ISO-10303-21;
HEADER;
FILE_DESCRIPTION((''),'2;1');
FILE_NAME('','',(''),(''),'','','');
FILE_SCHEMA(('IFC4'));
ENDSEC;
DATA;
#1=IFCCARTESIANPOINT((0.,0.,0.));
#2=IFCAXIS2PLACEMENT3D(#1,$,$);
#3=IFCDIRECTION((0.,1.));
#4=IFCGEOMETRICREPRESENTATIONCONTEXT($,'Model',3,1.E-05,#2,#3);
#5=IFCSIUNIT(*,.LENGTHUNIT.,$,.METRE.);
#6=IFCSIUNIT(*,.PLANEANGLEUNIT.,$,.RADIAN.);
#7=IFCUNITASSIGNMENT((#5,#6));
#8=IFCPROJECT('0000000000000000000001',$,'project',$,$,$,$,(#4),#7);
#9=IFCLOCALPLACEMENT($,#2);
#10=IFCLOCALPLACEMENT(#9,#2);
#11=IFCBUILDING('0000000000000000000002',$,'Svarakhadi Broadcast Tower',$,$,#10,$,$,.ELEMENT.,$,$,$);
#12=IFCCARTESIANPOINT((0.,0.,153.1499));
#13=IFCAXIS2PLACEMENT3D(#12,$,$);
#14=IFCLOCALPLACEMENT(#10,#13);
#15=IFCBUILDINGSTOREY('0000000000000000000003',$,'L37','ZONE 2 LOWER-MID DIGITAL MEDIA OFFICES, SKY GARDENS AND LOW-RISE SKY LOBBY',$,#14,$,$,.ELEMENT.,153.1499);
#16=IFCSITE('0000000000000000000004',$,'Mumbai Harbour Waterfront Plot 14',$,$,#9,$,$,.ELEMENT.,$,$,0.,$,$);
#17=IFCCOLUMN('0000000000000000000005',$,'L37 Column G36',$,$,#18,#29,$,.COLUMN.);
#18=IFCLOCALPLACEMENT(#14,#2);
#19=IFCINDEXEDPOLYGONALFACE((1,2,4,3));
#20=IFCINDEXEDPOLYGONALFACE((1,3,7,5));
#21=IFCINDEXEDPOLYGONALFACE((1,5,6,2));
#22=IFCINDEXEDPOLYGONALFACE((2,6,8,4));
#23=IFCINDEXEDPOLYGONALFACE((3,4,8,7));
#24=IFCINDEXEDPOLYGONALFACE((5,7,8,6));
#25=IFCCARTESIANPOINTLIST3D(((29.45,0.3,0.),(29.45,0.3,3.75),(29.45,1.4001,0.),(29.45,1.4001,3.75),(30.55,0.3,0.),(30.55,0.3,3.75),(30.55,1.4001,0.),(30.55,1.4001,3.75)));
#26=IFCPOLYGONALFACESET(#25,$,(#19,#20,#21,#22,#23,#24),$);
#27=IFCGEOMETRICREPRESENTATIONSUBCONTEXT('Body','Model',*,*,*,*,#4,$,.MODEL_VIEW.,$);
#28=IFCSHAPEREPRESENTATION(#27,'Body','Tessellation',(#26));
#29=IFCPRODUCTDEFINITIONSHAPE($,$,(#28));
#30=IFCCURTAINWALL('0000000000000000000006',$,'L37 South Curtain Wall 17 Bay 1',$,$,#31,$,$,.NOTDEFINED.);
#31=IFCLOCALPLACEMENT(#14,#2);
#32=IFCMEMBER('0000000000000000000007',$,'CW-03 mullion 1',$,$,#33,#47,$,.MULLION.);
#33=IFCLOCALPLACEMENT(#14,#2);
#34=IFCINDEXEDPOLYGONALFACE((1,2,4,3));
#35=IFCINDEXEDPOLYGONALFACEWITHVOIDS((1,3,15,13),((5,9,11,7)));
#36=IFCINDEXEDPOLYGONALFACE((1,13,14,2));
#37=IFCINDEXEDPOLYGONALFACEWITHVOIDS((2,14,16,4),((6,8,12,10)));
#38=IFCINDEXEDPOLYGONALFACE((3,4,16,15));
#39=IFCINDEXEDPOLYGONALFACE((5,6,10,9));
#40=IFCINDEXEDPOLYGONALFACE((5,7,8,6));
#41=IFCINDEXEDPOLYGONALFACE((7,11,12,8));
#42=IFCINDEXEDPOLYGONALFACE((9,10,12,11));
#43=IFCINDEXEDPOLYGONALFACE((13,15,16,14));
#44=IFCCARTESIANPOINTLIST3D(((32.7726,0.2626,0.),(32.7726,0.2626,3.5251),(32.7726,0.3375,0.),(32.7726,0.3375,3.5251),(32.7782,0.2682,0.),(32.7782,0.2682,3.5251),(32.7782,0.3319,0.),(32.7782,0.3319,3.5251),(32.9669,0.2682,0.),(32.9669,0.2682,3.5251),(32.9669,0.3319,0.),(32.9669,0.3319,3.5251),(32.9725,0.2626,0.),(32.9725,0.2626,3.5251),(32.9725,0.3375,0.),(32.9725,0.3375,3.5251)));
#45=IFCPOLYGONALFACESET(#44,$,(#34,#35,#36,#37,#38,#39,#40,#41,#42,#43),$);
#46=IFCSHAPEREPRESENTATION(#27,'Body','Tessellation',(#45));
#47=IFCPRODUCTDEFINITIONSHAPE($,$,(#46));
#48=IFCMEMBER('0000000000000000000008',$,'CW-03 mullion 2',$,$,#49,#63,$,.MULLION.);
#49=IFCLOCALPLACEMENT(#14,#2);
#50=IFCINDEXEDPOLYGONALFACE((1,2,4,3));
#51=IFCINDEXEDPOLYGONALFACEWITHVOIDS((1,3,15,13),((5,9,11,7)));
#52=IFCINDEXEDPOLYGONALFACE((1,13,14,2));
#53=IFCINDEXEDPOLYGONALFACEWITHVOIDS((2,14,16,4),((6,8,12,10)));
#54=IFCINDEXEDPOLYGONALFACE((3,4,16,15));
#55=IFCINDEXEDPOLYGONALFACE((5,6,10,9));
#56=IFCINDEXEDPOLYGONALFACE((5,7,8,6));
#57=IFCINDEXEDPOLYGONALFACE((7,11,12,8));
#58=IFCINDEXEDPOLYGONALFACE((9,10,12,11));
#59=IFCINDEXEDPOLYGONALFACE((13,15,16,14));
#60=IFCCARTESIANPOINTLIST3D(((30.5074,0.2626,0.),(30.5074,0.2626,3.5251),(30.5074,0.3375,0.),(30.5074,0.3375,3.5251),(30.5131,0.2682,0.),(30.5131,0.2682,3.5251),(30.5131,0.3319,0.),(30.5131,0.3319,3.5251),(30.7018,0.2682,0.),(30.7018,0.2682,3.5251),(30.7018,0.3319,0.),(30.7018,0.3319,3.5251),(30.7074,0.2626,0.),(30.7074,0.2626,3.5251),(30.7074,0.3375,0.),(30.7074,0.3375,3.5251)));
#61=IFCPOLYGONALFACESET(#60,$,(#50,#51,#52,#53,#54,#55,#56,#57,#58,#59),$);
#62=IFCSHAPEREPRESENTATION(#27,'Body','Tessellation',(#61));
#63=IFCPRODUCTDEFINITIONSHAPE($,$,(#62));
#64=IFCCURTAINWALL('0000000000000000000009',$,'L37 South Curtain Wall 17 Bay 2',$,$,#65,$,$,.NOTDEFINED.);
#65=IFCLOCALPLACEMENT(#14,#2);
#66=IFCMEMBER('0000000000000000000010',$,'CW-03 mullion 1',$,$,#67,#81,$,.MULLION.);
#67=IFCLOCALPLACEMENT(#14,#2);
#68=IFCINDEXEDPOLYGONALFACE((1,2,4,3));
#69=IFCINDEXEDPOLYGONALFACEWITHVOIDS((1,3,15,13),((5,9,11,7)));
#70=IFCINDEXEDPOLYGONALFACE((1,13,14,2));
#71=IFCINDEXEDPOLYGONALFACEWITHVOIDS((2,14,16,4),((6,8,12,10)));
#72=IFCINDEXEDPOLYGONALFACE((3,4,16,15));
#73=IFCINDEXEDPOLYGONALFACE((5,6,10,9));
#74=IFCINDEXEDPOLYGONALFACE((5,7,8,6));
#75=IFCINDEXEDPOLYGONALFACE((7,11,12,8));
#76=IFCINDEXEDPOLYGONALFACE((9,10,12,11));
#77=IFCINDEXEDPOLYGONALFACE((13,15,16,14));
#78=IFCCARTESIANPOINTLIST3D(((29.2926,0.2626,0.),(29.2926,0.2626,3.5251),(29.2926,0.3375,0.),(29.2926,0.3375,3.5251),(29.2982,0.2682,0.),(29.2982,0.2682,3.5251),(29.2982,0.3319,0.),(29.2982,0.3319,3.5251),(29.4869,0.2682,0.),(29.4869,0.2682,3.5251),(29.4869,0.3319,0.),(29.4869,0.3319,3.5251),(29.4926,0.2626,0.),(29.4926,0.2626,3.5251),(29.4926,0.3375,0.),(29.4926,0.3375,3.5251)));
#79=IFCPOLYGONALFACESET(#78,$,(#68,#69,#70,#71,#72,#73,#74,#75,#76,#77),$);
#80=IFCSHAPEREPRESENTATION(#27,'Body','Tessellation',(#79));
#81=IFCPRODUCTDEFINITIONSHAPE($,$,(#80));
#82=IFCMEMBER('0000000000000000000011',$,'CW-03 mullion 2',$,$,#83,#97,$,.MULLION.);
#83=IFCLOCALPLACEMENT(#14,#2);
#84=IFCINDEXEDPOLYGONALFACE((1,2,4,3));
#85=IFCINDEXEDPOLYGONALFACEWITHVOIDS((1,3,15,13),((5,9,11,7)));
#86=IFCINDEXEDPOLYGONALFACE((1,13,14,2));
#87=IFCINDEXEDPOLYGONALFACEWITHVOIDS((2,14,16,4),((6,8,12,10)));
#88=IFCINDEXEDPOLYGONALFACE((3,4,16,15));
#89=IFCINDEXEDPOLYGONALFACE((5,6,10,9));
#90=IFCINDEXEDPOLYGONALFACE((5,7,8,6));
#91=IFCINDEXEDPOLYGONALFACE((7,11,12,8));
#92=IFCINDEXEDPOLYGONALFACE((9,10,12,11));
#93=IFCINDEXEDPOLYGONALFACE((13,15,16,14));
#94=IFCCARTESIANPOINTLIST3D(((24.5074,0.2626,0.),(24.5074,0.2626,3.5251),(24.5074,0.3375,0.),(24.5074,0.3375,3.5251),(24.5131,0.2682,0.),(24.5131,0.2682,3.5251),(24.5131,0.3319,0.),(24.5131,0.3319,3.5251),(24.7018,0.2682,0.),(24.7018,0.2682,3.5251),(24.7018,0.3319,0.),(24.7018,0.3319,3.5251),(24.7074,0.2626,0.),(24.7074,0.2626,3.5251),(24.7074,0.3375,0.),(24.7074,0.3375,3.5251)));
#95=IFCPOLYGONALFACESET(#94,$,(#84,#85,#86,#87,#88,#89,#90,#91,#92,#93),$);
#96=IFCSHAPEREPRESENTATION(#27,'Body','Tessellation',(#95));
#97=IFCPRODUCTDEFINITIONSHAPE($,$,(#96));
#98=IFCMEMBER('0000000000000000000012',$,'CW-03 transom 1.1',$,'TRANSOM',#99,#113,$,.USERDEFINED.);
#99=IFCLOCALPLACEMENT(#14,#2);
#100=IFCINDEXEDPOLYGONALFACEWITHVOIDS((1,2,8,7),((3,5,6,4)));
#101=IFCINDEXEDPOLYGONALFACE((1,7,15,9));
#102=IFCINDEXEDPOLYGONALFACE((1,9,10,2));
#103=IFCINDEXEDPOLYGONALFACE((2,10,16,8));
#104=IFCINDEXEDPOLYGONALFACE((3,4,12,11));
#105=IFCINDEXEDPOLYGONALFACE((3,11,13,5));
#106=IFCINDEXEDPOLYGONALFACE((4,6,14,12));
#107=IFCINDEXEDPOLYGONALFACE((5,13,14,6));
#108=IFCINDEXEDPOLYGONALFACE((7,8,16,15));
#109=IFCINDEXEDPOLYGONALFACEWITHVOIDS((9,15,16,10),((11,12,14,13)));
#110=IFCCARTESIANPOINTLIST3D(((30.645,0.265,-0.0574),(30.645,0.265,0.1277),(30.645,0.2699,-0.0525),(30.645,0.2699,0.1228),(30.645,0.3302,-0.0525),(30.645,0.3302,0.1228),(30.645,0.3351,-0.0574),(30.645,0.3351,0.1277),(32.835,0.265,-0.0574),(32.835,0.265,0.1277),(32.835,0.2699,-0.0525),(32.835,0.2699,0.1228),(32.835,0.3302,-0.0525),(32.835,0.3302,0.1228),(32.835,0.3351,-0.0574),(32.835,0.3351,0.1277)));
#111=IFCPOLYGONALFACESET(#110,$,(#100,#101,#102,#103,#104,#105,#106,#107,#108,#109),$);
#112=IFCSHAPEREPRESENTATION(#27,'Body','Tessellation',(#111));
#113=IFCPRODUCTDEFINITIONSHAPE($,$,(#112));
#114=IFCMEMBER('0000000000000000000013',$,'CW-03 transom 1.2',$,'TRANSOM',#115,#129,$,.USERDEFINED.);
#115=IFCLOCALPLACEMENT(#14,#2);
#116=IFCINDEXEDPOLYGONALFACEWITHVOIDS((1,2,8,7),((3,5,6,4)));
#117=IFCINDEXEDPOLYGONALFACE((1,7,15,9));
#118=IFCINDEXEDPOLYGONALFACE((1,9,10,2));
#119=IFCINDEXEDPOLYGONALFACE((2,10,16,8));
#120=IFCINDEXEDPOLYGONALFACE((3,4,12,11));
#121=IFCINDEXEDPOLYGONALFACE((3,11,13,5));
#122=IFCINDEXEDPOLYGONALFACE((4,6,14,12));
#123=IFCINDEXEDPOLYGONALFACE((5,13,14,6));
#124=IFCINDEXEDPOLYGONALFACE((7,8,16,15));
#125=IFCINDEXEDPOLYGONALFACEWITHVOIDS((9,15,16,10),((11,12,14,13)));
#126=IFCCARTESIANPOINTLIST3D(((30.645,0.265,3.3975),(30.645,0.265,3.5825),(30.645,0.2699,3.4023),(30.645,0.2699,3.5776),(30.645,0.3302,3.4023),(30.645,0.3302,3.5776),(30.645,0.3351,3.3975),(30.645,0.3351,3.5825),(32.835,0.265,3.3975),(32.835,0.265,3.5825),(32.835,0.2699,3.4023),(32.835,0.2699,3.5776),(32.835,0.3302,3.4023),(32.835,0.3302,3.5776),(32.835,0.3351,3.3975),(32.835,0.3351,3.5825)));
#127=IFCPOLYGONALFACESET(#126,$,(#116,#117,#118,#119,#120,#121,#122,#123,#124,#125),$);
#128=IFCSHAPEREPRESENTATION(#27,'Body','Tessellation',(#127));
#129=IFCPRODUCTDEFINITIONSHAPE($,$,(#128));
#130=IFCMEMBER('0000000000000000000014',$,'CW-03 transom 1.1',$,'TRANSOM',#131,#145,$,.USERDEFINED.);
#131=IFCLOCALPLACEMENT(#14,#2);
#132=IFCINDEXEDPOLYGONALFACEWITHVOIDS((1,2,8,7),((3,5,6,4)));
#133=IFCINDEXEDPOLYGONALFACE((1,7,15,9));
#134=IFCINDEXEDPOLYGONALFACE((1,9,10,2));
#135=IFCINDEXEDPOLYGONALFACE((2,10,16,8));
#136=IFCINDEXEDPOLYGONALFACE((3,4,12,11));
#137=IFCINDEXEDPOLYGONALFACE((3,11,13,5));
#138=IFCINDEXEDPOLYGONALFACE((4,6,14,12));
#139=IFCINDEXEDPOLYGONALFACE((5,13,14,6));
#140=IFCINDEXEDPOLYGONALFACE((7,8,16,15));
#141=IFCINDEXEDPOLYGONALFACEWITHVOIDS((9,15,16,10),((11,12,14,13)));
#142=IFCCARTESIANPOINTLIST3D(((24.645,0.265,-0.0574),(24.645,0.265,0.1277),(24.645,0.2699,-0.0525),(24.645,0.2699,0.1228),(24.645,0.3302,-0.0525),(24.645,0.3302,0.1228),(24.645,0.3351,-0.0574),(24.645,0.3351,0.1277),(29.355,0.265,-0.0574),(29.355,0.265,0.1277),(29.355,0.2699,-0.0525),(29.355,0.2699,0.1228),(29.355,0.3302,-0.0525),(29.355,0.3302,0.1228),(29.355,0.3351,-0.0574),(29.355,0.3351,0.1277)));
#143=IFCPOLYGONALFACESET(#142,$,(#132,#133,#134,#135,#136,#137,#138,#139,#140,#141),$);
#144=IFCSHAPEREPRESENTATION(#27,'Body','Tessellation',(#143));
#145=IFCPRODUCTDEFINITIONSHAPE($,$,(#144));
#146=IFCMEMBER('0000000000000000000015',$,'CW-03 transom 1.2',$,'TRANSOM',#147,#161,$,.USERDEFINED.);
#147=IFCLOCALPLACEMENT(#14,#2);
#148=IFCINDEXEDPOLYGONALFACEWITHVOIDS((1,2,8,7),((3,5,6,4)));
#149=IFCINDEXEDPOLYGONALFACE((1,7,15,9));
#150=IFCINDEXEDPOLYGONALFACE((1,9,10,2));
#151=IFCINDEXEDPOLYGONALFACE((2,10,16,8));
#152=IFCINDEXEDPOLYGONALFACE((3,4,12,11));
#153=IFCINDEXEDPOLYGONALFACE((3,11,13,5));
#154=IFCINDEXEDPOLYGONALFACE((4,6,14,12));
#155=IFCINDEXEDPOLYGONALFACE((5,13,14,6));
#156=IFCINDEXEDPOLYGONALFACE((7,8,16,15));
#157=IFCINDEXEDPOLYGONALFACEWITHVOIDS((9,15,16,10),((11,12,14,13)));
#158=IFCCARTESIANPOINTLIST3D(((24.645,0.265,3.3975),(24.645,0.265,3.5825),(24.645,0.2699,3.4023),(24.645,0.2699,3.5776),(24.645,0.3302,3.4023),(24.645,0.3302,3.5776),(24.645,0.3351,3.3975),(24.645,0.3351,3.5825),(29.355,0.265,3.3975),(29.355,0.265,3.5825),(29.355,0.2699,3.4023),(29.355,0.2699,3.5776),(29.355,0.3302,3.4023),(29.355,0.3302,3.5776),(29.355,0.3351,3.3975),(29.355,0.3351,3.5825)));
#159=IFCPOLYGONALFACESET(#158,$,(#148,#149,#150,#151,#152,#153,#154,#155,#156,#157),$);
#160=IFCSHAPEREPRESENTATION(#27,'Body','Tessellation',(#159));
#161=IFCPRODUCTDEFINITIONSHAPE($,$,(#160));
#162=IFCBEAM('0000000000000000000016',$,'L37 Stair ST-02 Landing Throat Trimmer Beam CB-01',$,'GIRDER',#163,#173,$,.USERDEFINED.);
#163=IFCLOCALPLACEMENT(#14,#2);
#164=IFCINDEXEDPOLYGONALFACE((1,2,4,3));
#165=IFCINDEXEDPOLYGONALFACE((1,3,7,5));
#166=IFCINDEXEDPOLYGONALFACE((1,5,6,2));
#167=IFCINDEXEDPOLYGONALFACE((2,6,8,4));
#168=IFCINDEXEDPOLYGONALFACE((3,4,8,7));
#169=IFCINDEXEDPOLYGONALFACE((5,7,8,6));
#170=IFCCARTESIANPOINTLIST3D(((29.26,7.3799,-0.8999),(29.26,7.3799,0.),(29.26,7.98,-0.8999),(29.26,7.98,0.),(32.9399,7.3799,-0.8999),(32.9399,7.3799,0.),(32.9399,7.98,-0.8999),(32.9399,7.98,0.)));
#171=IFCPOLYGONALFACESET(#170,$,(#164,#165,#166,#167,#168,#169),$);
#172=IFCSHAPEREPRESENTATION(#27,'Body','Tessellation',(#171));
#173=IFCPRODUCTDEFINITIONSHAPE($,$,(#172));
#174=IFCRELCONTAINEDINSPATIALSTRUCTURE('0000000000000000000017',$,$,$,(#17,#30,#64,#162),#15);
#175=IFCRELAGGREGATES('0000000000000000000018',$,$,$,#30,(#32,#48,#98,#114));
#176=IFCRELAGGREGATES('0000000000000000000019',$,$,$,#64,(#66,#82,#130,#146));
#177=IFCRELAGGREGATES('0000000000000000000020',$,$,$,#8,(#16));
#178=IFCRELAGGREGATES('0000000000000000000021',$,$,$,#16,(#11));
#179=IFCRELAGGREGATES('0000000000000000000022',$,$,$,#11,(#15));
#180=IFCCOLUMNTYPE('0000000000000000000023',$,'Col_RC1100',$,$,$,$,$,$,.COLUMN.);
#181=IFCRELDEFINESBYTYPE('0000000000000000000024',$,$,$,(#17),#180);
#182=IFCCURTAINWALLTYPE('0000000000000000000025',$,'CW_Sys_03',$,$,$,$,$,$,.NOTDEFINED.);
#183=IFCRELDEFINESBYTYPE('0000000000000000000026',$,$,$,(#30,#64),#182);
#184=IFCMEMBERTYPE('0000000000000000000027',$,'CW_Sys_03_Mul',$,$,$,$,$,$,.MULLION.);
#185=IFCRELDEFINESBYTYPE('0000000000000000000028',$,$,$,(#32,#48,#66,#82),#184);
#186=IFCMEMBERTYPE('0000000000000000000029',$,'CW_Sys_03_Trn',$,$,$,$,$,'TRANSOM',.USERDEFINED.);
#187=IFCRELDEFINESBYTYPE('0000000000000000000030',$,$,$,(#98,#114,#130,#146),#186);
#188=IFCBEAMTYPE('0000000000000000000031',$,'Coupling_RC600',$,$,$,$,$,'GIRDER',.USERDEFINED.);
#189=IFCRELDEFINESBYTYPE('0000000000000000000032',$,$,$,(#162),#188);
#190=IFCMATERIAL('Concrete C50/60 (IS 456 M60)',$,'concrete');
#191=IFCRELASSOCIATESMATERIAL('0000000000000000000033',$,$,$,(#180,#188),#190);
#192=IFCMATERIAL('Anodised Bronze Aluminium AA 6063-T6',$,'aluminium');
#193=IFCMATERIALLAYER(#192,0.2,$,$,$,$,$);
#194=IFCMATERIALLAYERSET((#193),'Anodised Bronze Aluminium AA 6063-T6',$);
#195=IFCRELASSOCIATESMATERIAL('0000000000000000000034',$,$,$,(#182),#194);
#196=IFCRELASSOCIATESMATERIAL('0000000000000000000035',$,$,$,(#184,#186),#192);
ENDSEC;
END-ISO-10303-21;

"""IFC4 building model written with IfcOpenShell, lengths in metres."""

from ifc_helpers import new_model, si_unit, direction, frame, origin, origin_2d, place, context, subcontext, project, spatial, rectangle, hollow_rectangle, extrude, material, layer, layer_set, material_profile, profile_set, type_object, element, aggregate, save


model = new_model("IFC4")

# Units and contexts
model_context = context("Model", 3, precision=1e-05, world=origin(), true_north=direction((0.0, 1.0)))
body_context = subcontext(model_context, "Body", "Model", "MODEL_VIEW")
ifc_project = project(units=[si_unit("LENGTHUNIT", "METRE"), si_unit("PLANEANGLEUNIT", "RADIAN")], contexts=[model_context])

# Site, building, storey
site_placement = place(None, origin())
site = spatial("IfcSite", under=ifc_project, at=site_placement, Name="Mumbai Harbour Waterfront Plot 14", CompositionType="ELEMENT", RefElevation=0.0)
building_placement = place(site_placement, origin())
building = spatial("IfcBuilding", under=site, at=building_placement, Name="Svarakhadi Broadcast Tower", CompositionType="ELEMENT")
storey_placement = place(building_placement, frame((0.0, 0.0, 153.1499)))
storey = spatial("IfcBuildingStorey", under=building, at=storey_placement, Name="L37", Description="ZONE 2 LOWER-MID DIGITAL MEDIA OFFICES, SKY GARDENS AND LOW-RISE SKY LOBBY", CompositionType="ELEMENT", Elevation=153.1499)

# Column
ifc_material_1 = material(Name="Concrete C50/60 (IS 456 M60)", Category="concrete")
ifc_material_profile_1 = material_profile(ifc_material_1, rectangle(XDim=1.1001, YDim=1.1001, at=origin_2d()), Name="RC 1100x1100")
ifc_profile_set_1 = profile_set([ifc_material_profile_1], Name="Concrete C50/60 (IS 456 M60)")
column_type = type_object("IfcColumnType", Name="Col_RC1100", PredefinedType="COLUMN", material=ifc_profile_set_1)
column_placement = place(storey_placement, frame((30.0, 0.8501, 0.0), z_axis=(0.0, 0.0, 1.0), x_axis=(1.0, 0.0, 0.0)))
element("IfcColumn", 1, at=column_placement, inside=storey, type_object=column_type, Name="L37 Column G36", PredefinedType="COLUMN", context=body_context, shape_type="SweptSolid", body=[
    extrude(rectangle(XDim=1.1001, YDim=1.1001, at=origin_2d()), origin(), (0.0, 0.0, 1.0), 3.75),
])

# Curtain walls, members
ifc_material_2 = material(Name="Anodised Bronze Aluminium AA 6063-T6", Category="aluminium")
ifc_layer_1 = layer(ifc_material_2, 0.2)
ifc_layer_set_1 = layer_set([ifc_layer_1], Name="Anodised Bronze Aluminium AA 6063-T6")
curtain_wall_type = type_object("IfcCurtainWallType", Name="CW_Sys_03", PredefinedType="NOTDEFINED", material=ifc_layer_set_1)
curtain_wall_1_placement = place(storey_placement, origin())
curtain_wall_1 = element("IfcCurtainWall", 2, at=curtain_wall_1_placement, inside=storey, type_object=curtain_wall_type, Name="L37 South Curtain Wall 17 Bay 1", PredefinedType="NOTDEFINED")
ifc_material_profile_2 = material_profile(ifc_material_2, hollow_rectangle(XDim=0.075, YDim=0.2, WallThickness=0.0056, at=origin_2d()), Name="ALU MULLION 200x75x6")
ifc_profile_set_2 = profile_set([ifc_material_profile_2], Name="Anodised Bronze Aluminium AA 6063-T6")
member_type_1 = type_object("IfcMemberType", Name="CW_Sys_03_Mul", PredefinedType="MULLION", material=ifc_profile_set_2)
member_1_placement = place(storey_placement, frame((32.8726, 0.3, 0.0), z_axis=(0.0, 0.0, 1.0), x_axis=(0.0, -1.0, 0.0)))
member_1 = element("IfcMember", 3, at=member_1_placement, type_object=member_type_1, Name="CW-03 mullion 1", PredefinedType="MULLION", context=body_context, shape_type="SweptSolid", body=[
    extrude(hollow_rectangle(XDim=0.075, YDim=0.2, WallThickness=0.0056, at=origin_2d()), origin(), (0.0, 0.0, 1.0), 3.5251),
])
member_2_placement = place(storey_placement, frame((30.6074, 0.3, 0.0), z_axis=(0.0, 0.0, 1.0), x_axis=(0.0, -1.0, 0.0)))
member_2 = element("IfcMember", 4, at=member_2_placement, type_object=member_type_1, Name="CW-03 mullion 2", PredefinedType="MULLION", context=body_context, shape_type="SweptSolid", body=[
    extrude(hollow_rectangle(XDim=0.075, YDim=0.2, WallThickness=0.0056, at=origin_2d()), origin(), (0.0, 0.0, 1.0), 3.5251),
])
curtain_wall_2_placement = place(storey_placement, origin())
curtain_wall_2 = element("IfcCurtainWall", 5, at=curtain_wall_2_placement, inside=storey, type_object=curtain_wall_type, Name="L37 South Curtain Wall 17 Bay 2", PredefinedType="NOTDEFINED")
member_3_placement = place(storey_placement, frame((29.3926, 0.3, 0.0), z_axis=(0.0, 0.0, 1.0), x_axis=(0.0, -1.0, 0.0)))
member_3 = element("IfcMember", 6, at=member_3_placement, type_object=member_type_1, Name="CW-03 mullion 1", PredefinedType="MULLION", context=body_context, shape_type="SweptSolid", body=[
    extrude(hollow_rectangle(XDim=0.075, YDim=0.2, WallThickness=0.0056, at=origin_2d()), origin(), (0.0, 0.0, 1.0), 3.5251),
])
member_4_placement = place(storey_placement, frame((24.6074, 0.3, 0.0), z_axis=(0.0, 0.0, 1.0), x_axis=(0.0, -1.0, 0.0)))
member_4 = element("IfcMember", 7, at=member_4_placement, type_object=member_type_1, Name="CW-03 mullion 2", PredefinedType="MULLION", context=body_context, shape_type="SweptSolid", body=[
    extrude(hollow_rectangle(XDim=0.075, YDim=0.2, WallThickness=0.0056, at=origin_2d()), origin(), (0.0, 0.0, 1.0), 3.5251),
])

# Members
ifc_material_profile_3 = material_profile(ifc_material_2, hollow_rectangle(XDim=0.0701, YDim=0.1851, WallThickness=0.0049, at=origin_2d()), Name="ALU TRANSOM 185x70x5")
ifc_profile_set_3 = profile_set([ifc_material_profile_3], Name="Anodised Bronze Aluminium AA 6063-T6")
member_type_2 = type_object("IfcMemberType", Name="CW_Sys_03_Trn", ElementType="TRANSOM", PredefinedType="USERDEFINED", material=ifc_profile_set_3)
member_5_placement = place(storey_placement, frame((32.835, 0.3, 0.0352), z_axis=(-1.0, 0.0, 0.0), x_axis=(0.0, -1.0, 0.0)))
member_5 = element("IfcMember", 8, at=member_5_placement, type_object=member_type_2, Name="CW-03 transom 1.1", ObjectType="TRANSOM", PredefinedType="USERDEFINED", context=body_context, shape_type="SweptSolid", body=[
    extrude(hollow_rectangle(XDim=0.0701, YDim=0.1851, WallThickness=0.0049, at=origin_2d()), origin(), (0.0, 0.0, 1.0), 2.1899),
])
member_6_placement = place(storey_placement, frame((32.835, 0.3, 3.49), z_axis=(-1.0, 0.0, 0.0), x_axis=(0.0, -1.0, 0.0)))
member_6 = element("IfcMember", 9, at=member_6_placement, type_object=member_type_2, Name="CW-03 transom 1.2", ObjectType="TRANSOM", PredefinedType="USERDEFINED", context=body_context, shape_type="SweptSolid", body=[
    extrude(hollow_rectangle(XDim=0.0701, YDim=0.1851, WallThickness=0.0049, at=origin_2d()), origin(), (0.0, 0.0, 1.0), 2.1899),
])
member_7_placement = place(storey_placement, frame((29.355, 0.3, 0.0352), z_axis=(-1.0, 0.0, 0.0), x_axis=(0.0, -1.0, 0.0)))
member_7 = element("IfcMember", 10, at=member_7_placement, type_object=member_type_2, Name="CW-03 transom 1.1", ObjectType="TRANSOM", PredefinedType="USERDEFINED", context=body_context, shape_type="SweptSolid", body=[
    extrude(hollow_rectangle(XDim=0.0701, YDim=0.1851, WallThickness=0.0049, at=origin_2d()), origin(), (0.0, 0.0, 1.0), 4.71),
])
member_8_placement = place(storey_placement, frame((29.355, 0.3, 3.49), z_axis=(-1.0, 0.0, 0.0), x_axis=(0.0, -1.0, 0.0)))
member_8 = element("IfcMember", 11, at=member_8_placement, type_object=member_type_2, Name="CW-03 transom 1.2", ObjectType="TRANSOM", PredefinedType="USERDEFINED", context=body_context, shape_type="SweptSolid", body=[
    extrude(hollow_rectangle(XDim=0.0701, YDim=0.1851, WallThickness=0.0049, at=origin_2d()), origin(), (0.0, 0.0, 1.0), 4.71),
])

# Beam
ifc_material_profile_4 = material_profile(ifc_material_1, rectangle(XDim=0.6001, YDim=0.8999, at=origin_2d()), Name="RC 600x900")
ifc_profile_set_4 = profile_set([ifc_material_profile_4], Name="Concrete C50/60 (IS 456 M60)")
beam_type_1 = type_object("IfcBeamType", Name="Coupling_RC600", ElementType="GIRDER", PredefinedType="USERDEFINED", material=ifc_profile_set_4)
beam_1_placement = place(storey_placement, frame((29.26, 7.6799, -0.45), z_axis=(1.0, 0.0, 0.0), x_axis=(0.0, 1.0, 0.0)))
element("IfcBeam", 12, at=beam_1_placement, inside=storey, type_object=beam_type_1, Name="L37 Stair ST-02 Landing Throat Trimmer Beam CB-01", ObjectType="GIRDER", PredefinedType="USERDEFINED", context=body_context, shape_type="SweptSolid", body=[
    extrude(rectangle(XDim=0.6001, YDim=0.8999, at=origin_2d()), origin(), (0.0, 0.0, 1.0), 3.6799),
])

aggregate(curtain_wall_1, [member_1, member_2, member_5, member_6])
aggregate(curtain_wall_2, [member_3, member_4, member_7, member_8])

save(model, "model.ifc")
